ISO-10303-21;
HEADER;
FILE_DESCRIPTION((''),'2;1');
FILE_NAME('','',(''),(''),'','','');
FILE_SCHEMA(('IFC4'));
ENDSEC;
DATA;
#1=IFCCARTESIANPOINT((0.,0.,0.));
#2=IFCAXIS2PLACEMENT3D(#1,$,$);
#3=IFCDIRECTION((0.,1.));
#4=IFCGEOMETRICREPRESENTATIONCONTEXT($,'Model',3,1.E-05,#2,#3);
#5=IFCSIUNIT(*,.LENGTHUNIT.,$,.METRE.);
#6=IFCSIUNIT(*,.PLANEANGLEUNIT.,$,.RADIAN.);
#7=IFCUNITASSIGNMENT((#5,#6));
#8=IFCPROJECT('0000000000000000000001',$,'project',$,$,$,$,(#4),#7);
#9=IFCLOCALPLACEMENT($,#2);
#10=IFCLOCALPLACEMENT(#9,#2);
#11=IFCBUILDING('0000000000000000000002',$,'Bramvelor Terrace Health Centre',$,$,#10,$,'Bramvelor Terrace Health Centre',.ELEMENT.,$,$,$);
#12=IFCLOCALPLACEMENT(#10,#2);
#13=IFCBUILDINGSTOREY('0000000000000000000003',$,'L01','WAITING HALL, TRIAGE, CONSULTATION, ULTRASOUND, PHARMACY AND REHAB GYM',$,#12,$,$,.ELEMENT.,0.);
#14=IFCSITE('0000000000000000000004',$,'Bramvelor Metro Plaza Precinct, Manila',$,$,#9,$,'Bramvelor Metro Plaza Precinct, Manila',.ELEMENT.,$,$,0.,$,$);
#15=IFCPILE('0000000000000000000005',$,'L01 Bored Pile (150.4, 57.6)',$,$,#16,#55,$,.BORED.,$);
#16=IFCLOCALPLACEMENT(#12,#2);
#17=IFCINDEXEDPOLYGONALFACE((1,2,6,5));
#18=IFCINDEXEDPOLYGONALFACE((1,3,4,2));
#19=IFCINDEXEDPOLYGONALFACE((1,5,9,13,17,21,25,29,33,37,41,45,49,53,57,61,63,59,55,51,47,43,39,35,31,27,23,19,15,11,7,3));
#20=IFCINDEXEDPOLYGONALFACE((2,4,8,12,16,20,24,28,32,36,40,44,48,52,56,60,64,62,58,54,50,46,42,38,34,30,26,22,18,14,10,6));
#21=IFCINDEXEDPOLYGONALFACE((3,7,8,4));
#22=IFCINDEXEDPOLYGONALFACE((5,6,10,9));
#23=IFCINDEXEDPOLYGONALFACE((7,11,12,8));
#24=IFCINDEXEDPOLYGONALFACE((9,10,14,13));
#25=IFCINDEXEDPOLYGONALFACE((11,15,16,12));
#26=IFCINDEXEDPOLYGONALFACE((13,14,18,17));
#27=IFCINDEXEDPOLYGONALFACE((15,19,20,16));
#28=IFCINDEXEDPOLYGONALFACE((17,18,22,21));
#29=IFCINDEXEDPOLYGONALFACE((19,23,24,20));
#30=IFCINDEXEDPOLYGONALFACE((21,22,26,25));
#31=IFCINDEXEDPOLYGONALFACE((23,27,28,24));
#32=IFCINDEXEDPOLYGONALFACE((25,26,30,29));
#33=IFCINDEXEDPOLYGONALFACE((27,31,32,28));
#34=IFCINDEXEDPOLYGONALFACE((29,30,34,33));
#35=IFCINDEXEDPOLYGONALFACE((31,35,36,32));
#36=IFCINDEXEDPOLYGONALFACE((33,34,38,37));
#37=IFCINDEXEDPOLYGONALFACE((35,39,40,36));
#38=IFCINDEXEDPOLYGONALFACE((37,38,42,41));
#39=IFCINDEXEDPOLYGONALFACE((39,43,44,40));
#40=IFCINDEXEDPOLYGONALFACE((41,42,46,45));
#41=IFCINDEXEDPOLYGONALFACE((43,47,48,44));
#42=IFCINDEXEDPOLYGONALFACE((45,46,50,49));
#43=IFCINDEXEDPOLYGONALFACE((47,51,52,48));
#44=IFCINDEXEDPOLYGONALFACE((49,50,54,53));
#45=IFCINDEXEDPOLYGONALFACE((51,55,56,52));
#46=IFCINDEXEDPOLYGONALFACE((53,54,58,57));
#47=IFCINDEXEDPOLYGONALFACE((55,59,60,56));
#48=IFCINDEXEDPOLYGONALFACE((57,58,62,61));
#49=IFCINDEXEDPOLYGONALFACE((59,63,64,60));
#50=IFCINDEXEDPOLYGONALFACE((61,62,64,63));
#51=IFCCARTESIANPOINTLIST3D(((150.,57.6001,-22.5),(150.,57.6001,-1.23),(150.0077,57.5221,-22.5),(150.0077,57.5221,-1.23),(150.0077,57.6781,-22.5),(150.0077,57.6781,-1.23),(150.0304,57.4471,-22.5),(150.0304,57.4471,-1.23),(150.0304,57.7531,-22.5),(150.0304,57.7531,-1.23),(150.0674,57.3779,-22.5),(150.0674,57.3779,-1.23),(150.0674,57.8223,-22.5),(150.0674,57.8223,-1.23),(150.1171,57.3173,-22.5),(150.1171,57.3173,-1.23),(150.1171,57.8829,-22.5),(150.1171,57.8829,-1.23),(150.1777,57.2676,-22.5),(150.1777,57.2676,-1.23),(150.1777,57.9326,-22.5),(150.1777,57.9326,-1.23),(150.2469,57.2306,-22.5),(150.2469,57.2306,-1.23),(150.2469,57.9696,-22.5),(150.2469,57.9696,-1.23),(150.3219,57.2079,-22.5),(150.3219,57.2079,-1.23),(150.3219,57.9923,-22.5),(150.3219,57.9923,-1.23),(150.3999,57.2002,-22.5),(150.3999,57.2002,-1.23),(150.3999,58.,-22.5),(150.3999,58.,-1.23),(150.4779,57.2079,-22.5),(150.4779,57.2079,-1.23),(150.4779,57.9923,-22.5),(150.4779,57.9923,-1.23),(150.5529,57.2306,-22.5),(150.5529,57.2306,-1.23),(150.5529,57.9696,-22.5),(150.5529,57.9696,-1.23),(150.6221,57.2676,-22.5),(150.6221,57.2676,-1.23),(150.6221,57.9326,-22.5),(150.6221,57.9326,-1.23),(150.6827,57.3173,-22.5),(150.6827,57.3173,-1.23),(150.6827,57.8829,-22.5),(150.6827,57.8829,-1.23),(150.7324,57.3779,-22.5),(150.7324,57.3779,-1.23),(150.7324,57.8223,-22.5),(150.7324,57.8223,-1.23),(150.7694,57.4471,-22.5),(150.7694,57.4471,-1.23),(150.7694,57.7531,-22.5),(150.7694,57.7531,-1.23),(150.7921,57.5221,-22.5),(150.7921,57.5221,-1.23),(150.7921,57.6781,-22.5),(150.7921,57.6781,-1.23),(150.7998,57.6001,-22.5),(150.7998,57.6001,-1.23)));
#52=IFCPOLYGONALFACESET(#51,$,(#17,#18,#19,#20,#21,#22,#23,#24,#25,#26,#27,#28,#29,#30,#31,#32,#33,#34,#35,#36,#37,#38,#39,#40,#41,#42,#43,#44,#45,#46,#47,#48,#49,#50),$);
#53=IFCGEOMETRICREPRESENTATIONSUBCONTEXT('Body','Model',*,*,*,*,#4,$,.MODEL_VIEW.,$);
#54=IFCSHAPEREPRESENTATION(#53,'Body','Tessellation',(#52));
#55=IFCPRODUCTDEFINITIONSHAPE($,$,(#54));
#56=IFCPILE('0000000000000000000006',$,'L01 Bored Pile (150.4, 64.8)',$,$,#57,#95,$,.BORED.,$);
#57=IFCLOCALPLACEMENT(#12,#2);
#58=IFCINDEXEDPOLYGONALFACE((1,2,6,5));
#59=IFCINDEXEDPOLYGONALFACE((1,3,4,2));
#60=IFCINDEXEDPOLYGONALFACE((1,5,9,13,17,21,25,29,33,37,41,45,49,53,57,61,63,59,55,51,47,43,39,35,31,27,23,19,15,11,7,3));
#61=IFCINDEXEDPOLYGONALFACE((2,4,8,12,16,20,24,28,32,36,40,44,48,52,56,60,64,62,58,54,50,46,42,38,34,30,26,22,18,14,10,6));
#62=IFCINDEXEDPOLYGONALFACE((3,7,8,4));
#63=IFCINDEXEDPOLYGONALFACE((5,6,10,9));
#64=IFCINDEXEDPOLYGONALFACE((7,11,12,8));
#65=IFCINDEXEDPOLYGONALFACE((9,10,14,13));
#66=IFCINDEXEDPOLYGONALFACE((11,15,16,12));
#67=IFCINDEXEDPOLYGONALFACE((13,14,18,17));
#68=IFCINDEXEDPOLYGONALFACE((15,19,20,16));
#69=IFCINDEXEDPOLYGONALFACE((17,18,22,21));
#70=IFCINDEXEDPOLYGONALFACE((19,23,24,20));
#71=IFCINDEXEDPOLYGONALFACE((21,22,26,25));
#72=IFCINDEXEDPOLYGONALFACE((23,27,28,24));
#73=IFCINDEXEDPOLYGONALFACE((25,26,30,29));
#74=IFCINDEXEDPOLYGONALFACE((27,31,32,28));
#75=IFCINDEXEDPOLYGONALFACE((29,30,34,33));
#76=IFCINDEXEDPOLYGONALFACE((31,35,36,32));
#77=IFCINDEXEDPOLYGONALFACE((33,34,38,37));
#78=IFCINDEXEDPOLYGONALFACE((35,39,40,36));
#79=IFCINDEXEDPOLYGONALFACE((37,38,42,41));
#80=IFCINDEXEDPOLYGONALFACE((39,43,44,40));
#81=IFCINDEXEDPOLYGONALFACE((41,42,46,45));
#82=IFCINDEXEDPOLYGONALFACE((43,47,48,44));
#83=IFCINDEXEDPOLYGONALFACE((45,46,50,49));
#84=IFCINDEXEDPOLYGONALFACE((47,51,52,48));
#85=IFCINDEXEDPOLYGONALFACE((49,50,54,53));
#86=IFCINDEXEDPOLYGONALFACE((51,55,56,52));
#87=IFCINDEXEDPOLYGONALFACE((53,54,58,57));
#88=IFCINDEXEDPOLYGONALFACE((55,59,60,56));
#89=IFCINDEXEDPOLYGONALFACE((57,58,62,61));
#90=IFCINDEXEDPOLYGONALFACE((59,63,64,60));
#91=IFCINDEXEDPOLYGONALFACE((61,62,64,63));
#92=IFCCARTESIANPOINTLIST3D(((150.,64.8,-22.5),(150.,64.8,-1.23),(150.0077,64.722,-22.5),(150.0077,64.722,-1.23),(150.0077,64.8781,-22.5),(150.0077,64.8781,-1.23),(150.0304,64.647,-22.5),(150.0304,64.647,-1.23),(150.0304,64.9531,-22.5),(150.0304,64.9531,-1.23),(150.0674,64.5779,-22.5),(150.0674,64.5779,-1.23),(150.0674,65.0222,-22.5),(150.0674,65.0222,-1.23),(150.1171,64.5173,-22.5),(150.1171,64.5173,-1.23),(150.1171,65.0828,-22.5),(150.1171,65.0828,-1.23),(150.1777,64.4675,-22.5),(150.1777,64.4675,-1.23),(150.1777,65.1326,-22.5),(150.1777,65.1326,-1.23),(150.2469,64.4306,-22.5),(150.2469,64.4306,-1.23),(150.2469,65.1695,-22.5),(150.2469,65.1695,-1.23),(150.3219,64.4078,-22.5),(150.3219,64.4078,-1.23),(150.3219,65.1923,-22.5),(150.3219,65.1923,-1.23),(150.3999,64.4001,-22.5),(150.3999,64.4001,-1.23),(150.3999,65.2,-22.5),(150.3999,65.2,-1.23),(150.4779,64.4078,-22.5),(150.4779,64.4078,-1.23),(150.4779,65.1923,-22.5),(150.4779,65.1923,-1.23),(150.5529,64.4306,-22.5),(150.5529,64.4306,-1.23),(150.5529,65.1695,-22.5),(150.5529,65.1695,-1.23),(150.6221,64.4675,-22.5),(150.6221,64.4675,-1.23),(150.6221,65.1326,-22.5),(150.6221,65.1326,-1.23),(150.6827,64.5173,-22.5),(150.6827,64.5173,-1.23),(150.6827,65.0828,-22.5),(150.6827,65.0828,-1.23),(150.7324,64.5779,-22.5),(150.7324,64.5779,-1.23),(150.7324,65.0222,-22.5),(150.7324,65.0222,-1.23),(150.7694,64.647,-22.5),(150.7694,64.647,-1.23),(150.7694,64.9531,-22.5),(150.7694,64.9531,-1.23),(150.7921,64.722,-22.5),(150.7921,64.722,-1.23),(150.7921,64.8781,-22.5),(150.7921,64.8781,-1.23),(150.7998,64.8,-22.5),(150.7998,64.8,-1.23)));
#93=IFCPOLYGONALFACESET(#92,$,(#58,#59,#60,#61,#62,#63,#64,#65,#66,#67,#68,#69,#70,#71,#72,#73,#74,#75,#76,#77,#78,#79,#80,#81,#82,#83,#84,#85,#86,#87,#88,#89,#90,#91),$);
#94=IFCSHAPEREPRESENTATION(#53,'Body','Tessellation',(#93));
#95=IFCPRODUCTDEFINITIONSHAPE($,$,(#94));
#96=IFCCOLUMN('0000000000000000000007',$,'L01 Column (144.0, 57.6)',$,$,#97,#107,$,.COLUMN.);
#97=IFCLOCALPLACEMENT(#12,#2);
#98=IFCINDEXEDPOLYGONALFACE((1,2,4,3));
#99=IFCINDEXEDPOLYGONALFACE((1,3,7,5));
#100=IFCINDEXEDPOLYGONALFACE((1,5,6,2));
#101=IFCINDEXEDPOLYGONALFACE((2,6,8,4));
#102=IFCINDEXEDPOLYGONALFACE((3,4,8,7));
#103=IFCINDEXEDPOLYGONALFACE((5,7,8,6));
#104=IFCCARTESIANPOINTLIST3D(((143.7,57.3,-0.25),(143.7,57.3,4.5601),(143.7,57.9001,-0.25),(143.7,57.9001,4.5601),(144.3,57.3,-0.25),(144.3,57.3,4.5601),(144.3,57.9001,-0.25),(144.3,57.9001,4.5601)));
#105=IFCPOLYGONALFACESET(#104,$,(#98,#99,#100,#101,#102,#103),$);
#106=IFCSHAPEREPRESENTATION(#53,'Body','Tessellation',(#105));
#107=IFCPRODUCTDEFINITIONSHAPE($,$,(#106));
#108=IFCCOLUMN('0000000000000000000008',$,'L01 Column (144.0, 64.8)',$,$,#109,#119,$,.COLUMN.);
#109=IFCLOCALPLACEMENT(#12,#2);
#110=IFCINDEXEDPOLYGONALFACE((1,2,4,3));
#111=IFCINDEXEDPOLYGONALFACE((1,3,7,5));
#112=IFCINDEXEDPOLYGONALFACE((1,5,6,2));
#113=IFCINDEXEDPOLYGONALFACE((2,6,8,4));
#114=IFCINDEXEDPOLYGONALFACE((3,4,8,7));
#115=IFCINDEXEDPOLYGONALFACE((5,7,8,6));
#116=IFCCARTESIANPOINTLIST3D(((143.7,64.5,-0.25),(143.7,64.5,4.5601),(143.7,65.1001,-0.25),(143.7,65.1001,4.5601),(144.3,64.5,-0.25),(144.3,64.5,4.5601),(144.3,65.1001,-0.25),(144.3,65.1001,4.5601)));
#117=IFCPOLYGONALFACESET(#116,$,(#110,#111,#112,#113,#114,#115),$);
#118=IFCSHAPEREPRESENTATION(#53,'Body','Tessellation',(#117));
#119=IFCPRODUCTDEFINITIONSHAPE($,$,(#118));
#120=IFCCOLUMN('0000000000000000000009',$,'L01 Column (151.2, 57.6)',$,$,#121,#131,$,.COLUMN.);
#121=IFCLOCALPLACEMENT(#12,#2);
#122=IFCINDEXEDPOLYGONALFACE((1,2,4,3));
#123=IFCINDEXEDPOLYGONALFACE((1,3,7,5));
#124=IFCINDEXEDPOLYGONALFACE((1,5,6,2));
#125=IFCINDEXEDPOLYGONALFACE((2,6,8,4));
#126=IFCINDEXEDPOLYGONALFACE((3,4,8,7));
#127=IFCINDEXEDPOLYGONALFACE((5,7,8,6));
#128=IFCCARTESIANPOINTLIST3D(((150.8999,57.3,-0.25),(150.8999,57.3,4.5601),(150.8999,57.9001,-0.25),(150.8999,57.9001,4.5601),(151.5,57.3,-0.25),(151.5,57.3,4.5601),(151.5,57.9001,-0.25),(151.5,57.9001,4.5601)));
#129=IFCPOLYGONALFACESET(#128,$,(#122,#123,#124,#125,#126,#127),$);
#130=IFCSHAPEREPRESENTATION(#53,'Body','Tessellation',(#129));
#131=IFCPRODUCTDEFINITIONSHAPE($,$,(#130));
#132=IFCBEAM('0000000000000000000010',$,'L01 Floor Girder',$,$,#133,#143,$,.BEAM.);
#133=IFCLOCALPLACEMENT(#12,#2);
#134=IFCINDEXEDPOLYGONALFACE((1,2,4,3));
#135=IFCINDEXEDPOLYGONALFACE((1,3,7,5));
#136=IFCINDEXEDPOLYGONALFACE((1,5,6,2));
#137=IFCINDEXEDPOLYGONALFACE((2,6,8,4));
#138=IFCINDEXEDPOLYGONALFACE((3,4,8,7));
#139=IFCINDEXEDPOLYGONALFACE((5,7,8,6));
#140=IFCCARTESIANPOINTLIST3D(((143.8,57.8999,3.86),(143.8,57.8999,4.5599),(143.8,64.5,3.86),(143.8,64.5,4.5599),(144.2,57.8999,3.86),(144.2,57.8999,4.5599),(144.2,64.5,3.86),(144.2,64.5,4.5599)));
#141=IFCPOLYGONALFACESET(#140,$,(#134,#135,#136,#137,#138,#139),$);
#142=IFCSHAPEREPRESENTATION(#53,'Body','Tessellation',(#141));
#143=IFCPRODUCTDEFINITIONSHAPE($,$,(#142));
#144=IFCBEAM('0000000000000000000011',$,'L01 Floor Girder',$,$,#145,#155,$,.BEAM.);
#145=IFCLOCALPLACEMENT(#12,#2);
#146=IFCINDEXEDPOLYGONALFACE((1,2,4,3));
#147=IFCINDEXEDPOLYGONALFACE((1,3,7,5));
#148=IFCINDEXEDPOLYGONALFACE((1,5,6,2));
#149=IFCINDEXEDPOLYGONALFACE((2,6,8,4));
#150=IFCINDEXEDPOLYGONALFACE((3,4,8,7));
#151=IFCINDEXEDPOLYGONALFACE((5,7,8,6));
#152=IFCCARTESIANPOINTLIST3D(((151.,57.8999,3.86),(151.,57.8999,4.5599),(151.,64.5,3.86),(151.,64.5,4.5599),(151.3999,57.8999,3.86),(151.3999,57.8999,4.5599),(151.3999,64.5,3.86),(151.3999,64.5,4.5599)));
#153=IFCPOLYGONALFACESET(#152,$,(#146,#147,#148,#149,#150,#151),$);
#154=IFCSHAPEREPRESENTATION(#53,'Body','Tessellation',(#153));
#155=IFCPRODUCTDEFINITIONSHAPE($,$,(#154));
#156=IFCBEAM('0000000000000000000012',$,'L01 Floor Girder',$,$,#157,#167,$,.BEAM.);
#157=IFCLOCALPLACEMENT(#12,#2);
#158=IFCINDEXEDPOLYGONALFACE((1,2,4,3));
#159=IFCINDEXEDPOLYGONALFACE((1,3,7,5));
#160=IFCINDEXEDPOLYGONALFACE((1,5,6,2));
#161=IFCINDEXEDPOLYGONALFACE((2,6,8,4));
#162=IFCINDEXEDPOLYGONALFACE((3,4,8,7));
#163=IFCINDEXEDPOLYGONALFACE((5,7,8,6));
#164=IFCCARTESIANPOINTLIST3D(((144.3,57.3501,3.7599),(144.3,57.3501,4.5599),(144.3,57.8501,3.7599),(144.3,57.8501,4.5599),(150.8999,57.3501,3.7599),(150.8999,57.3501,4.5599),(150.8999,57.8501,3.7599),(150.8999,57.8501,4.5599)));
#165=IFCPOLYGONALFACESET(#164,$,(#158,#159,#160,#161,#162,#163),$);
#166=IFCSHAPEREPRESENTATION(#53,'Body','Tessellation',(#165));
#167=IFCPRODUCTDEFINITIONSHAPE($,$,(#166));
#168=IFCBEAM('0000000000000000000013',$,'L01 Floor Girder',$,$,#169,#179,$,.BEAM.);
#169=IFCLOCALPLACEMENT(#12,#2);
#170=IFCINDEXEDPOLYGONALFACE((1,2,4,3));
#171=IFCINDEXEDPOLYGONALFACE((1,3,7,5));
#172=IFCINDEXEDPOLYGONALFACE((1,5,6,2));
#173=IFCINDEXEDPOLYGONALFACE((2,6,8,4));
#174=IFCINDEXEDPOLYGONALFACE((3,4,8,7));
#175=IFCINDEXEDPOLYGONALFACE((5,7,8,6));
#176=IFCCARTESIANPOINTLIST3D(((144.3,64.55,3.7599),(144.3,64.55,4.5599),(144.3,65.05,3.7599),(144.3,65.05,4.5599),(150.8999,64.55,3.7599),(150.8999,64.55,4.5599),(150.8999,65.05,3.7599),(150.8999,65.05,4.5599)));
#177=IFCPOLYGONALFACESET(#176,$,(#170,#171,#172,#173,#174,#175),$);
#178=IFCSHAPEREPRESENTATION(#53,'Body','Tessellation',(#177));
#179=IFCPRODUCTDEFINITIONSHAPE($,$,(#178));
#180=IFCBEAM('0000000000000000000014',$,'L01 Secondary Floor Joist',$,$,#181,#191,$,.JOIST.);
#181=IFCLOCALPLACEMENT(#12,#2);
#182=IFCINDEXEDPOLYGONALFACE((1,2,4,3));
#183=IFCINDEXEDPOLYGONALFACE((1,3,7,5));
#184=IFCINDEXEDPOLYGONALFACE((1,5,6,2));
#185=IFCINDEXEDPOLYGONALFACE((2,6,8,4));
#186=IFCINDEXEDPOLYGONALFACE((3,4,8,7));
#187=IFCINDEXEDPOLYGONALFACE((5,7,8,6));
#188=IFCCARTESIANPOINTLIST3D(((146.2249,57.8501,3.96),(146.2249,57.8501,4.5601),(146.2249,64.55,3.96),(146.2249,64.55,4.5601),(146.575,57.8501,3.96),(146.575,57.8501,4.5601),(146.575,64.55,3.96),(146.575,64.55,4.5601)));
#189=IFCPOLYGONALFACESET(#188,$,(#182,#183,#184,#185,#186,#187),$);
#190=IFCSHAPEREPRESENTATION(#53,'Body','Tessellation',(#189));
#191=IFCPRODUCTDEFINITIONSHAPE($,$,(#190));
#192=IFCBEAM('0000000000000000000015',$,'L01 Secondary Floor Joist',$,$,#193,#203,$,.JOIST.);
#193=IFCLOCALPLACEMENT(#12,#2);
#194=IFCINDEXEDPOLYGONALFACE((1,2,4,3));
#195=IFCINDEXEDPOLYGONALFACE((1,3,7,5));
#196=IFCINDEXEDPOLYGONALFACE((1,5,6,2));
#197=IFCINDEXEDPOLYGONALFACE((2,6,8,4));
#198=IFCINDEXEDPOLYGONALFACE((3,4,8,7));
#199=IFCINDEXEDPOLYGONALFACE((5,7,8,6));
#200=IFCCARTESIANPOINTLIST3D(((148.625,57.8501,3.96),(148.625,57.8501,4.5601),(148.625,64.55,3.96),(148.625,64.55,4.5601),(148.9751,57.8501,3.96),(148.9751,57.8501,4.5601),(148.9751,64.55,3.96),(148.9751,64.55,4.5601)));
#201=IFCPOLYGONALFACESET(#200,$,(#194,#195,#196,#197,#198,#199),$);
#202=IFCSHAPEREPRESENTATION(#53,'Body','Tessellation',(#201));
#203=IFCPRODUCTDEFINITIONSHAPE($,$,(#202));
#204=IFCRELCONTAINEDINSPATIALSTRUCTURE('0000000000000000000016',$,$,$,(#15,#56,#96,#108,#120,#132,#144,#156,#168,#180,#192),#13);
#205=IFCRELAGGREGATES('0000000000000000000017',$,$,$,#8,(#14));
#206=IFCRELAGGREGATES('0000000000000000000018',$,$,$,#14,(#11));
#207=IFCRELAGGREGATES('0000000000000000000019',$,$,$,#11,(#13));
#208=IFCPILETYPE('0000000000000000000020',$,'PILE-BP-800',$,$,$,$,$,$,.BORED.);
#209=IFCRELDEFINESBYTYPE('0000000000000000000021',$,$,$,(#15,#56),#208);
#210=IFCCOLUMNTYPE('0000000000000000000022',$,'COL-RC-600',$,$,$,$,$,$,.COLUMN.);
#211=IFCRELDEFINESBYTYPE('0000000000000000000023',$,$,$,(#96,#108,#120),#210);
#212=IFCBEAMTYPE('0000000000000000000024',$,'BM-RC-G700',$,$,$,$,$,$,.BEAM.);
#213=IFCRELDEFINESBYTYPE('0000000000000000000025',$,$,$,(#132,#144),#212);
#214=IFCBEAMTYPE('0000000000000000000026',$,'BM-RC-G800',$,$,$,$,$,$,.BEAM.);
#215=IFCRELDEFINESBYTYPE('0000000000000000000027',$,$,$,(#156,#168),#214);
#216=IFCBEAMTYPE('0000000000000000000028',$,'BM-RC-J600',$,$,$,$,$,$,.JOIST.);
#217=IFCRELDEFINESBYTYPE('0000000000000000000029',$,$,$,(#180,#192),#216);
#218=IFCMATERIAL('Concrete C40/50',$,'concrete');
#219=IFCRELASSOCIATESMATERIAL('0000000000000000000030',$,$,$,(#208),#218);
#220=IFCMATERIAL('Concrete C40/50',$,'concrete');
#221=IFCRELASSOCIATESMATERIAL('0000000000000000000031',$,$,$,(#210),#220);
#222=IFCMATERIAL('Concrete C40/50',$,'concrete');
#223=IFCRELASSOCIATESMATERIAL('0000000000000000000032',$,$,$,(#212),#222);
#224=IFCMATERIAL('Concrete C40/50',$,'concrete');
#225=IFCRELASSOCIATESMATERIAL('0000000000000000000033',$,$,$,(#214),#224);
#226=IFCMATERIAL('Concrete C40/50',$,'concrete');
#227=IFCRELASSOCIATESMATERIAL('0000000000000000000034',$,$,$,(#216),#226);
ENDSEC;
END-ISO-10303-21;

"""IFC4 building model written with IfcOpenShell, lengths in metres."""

from ifc_helpers import new_model, si_unit, direction, frame, origin, origin_2d, place, context, subcontext, project, spatial, rectangle, circle, extrude, material, material_profile, profile_set, type_object, element, save


model = new_model("IFC4")

# Units and contexts
model_context = context("Model", 3, precision=1e-05, world=origin(), true_north=direction((0.0, 1.0)))
body_context = subcontext(model_context, "Body", "Model", "MODEL_VIEW")
ifc_project = project(units=[si_unit("LENGTHUNIT", "METRE"), si_unit("PLANEANGLEUNIT", "RADIAN")], contexts=[model_context])

# Site, building, storey
site_placement = place(None, origin())
site = spatial("IfcSite", under=ifc_project, at=site_placement, Name="Bramvelor Metro Plaza Precinct, Manila", LongName="Bramvelor Metro Plaza Precinct, Manila", CompositionType="ELEMENT", RefElevation=0.0)
building_placement = place(site_placement, origin())
building = spatial("IfcBuilding", under=site, at=building_placement, Name="Bramvelor Terrace Health Centre", LongName="Bramvelor Terrace Health Centre", CompositionType="ELEMENT")
storey_placement = place(building_placement, origin())
storey = spatial("IfcBuildingStorey", under=building, at=storey_placement, Name="L01", Description="WAITING HALL, TRIAGE, CONSULTATION, ULTRASOUND, PHARMACY AND REHAB GYM", CompositionType="ELEMENT", Elevation=0.0)

# Piles
ifc_material_1 = material(Name="Concrete C40/50", Category="concrete")
ifc_material_profile_1 = material_profile(ifc_material_1, circle(Radius=0.3999, at=origin_2d()), Name="BP D800")
ifc_profile_set_1 = profile_set([ifc_material_profile_1], Name="Concrete C40/50")
pile_type = type_object("IfcPileType", Name="PILE-BP-800", PredefinedType="BORED", material=ifc_profile_set_1)
for number, where, z_axis, x_axis, name in (
    (1, (150.3999, 57.6001, -1.23), (0.0, 0.0, -1.0), (1.0, 0.0, 0.0), "L01 Bored Pile (150.4, 57.6)"),
    (2, (150.3999, 64.8, -1.23), (0.0, 0.0, -1.0), (1.0, 0.0, 0.0), "L01 Bored Pile (150.4, 64.8)"),
):
    element("IfcPile", number, at=place(storey_placement, frame(where, z_axis=z_axis, x_axis=x_axis)), inside=storey, type_object=pile_type, Name=name, PredefinedType="BORED", context=body_context, shape_type="SweptSolid", body=[
        extrude(circle(Radius=0.3999, at=origin_2d()), origin(), (0.0, 0.0, 1.0), 21.27),
    ])

# Columns
ifc_material_2 = material(Name="Concrete C40/50", Category="concrete")
ifc_material_profile_2 = material_profile(ifc_material_2, rectangle(XDim=0.6001, YDim=0.6001, at=origin_2d()), Name="RC 600x600")
ifc_profile_set_2 = profile_set([ifc_material_profile_2], Name="Concrete C40/50")
column_type = type_object("IfcColumnType", Name="COL-RC-600", PredefinedType="COLUMN", material=ifc_profile_set_2)
for number, where, z_axis, x_axis, name in (
    (3, (144.0, 57.6001, -0.25), (0.0, 0.0, 1.0), (1.0, 0.0, 0.0), "L01 Column (144.0, 57.6)"),
    (4, (144.0, 64.8, -0.25), (0.0, 0.0, 1.0), (1.0, 0.0, 0.0), "L01 Column (144.0, 64.8)"),
    (5, (151.2, 57.6001, -0.25), (0.0, 0.0, 1.0), (1.0, 0.0, 0.0), "L01 Column (151.2, 57.6)"),
):
    element("IfcColumn", number, at=place(storey_placement, frame(where, z_axis=z_axis, x_axis=x_axis)), inside=storey, type_object=column_type, Name=name, PredefinedType="COLUMN", context=body_context, shape_type="SweptSolid", body=[
        extrude(rectangle(XDim=0.6001, YDim=0.6001, at=origin_2d()), origin(), (0.0, 0.0, 1.0), 4.8101),
    ])

# Beams
ifc_material_3 = material(Name="Concrete C40/50", Category="concrete")
ifc_material_profile_3 = material_profile(ifc_material_3, rectangle(XDim=0.3999, YDim=0.7, at=origin_2d()), Name="RC 400x700")
ifc_profile_set_3 = profile_set([ifc_material_profile_3], Name="Concrete C40/50")
beam_type_1 = type_object("IfcBeamType", Name="BM-RC-G700", PredefinedType="BEAM", material=ifc_profile_set_3)
for number, where, z_axis, x_axis, name in (
    (6, (144.0, 57.8999, 4.21), (0.0, 1.0, 0.0), (-1.0, 0.0, 0.0), "L01 Floor Girder"),
    (7, (151.2, 57.8999, 4.21), (0.0, 1.0, 0.0), (-1.0, 0.0, 0.0), "L01 Floor Girder"),
):
    element("IfcBeam", number, at=place(storey_placement, frame(where, z_axis=z_axis, x_axis=x_axis)), inside=storey, type_object=beam_type_1, Name=name, PredefinedType="BEAM", context=body_context, shape_type="SweptSolid", body=[
        extrude(rectangle(XDim=0.3999, YDim=0.7, at=origin_2d()), origin(), (0.0, 0.0, 1.0), 6.6001),
    ])
ifc_material_4 = material(Name="Concrete C40/50", Category="concrete")
ifc_material_profile_4 = material_profile(ifc_material_4, rectangle(XDim=0.5, YDim=0.8, at=origin_2d()), Name="RC 500x800")
ifc_profile_set_4 = profile_set([ifc_material_profile_4], Name="Concrete C40/50")
beam_type_2 = type_object("IfcBeamType", Name="BM-RC-G800", PredefinedType="BEAM", material=ifc_profile_set_4)
for number, where, z_axis, x_axis, name in (
    (8, (144.3, 57.6001, 4.1599), (1.0, 0.0, 0.0), (0.0, 1.0, 0.0), "L01 Floor Girder"),
    (9, (144.3, 64.8, 4.1599), (1.0, 0.0, 0.0), (0.0, 1.0, 0.0), "L01 Floor Girder"),
):
    element("IfcBeam", number, at=place(storey_placement, frame(where, z_axis=z_axis, x_axis=x_axis)), inside=storey, type_object=beam_type_2, Name=name, PredefinedType="BEAM", context=body_context, shape_type="SweptSolid", body=[
        extrude(rectangle(XDim=0.5, YDim=0.8, at=origin_2d()), origin(), (0.0, 0.0, 1.0), 6.5999),
    ])
ifc_material_5 = material(Name="Concrete C40/50", Category="concrete")
ifc_material_profile_5 = material_profile(ifc_material_5, rectangle(XDim=0.3501, YDim=0.6001, at=origin_2d()), Name="RC 350x600")
ifc_profile_set_5 = profile_set([ifc_material_profile_5], Name="Concrete C40/50")
beam_type_3 = type_object("IfcBeamType", Name="BM-RC-J600", PredefinedType="JOIST", material=ifc_profile_set_5)
for number, where, z_axis, x_axis, name in (
    (10, (146.3999, 57.8501, 4.26), (0.0, 1.0, 0.0), (-1.0, 0.0, 0.0), "L01 Secondary Floor Joist"),
    (11, (148.8, 57.8501, 4.26), (0.0, 1.0, 0.0), (-1.0, 0.0, 0.0), "L01 Secondary Floor Joist"),
):
    element("IfcBeam", number, at=place(storey_placement, frame(where, z_axis=z_axis, x_axis=x_axis)), inside=storey, type_object=beam_type_3, Name=name, PredefinedType="JOIST", context=body_context, shape_type="SweptSolid", body=[
        extrude(rectangle(XDim=0.3501, YDim=0.6001, at=origin_2d()), origin(), (0.0, 0.0, 1.0), 6.7),
    ])

save(model, "model.ifc")
